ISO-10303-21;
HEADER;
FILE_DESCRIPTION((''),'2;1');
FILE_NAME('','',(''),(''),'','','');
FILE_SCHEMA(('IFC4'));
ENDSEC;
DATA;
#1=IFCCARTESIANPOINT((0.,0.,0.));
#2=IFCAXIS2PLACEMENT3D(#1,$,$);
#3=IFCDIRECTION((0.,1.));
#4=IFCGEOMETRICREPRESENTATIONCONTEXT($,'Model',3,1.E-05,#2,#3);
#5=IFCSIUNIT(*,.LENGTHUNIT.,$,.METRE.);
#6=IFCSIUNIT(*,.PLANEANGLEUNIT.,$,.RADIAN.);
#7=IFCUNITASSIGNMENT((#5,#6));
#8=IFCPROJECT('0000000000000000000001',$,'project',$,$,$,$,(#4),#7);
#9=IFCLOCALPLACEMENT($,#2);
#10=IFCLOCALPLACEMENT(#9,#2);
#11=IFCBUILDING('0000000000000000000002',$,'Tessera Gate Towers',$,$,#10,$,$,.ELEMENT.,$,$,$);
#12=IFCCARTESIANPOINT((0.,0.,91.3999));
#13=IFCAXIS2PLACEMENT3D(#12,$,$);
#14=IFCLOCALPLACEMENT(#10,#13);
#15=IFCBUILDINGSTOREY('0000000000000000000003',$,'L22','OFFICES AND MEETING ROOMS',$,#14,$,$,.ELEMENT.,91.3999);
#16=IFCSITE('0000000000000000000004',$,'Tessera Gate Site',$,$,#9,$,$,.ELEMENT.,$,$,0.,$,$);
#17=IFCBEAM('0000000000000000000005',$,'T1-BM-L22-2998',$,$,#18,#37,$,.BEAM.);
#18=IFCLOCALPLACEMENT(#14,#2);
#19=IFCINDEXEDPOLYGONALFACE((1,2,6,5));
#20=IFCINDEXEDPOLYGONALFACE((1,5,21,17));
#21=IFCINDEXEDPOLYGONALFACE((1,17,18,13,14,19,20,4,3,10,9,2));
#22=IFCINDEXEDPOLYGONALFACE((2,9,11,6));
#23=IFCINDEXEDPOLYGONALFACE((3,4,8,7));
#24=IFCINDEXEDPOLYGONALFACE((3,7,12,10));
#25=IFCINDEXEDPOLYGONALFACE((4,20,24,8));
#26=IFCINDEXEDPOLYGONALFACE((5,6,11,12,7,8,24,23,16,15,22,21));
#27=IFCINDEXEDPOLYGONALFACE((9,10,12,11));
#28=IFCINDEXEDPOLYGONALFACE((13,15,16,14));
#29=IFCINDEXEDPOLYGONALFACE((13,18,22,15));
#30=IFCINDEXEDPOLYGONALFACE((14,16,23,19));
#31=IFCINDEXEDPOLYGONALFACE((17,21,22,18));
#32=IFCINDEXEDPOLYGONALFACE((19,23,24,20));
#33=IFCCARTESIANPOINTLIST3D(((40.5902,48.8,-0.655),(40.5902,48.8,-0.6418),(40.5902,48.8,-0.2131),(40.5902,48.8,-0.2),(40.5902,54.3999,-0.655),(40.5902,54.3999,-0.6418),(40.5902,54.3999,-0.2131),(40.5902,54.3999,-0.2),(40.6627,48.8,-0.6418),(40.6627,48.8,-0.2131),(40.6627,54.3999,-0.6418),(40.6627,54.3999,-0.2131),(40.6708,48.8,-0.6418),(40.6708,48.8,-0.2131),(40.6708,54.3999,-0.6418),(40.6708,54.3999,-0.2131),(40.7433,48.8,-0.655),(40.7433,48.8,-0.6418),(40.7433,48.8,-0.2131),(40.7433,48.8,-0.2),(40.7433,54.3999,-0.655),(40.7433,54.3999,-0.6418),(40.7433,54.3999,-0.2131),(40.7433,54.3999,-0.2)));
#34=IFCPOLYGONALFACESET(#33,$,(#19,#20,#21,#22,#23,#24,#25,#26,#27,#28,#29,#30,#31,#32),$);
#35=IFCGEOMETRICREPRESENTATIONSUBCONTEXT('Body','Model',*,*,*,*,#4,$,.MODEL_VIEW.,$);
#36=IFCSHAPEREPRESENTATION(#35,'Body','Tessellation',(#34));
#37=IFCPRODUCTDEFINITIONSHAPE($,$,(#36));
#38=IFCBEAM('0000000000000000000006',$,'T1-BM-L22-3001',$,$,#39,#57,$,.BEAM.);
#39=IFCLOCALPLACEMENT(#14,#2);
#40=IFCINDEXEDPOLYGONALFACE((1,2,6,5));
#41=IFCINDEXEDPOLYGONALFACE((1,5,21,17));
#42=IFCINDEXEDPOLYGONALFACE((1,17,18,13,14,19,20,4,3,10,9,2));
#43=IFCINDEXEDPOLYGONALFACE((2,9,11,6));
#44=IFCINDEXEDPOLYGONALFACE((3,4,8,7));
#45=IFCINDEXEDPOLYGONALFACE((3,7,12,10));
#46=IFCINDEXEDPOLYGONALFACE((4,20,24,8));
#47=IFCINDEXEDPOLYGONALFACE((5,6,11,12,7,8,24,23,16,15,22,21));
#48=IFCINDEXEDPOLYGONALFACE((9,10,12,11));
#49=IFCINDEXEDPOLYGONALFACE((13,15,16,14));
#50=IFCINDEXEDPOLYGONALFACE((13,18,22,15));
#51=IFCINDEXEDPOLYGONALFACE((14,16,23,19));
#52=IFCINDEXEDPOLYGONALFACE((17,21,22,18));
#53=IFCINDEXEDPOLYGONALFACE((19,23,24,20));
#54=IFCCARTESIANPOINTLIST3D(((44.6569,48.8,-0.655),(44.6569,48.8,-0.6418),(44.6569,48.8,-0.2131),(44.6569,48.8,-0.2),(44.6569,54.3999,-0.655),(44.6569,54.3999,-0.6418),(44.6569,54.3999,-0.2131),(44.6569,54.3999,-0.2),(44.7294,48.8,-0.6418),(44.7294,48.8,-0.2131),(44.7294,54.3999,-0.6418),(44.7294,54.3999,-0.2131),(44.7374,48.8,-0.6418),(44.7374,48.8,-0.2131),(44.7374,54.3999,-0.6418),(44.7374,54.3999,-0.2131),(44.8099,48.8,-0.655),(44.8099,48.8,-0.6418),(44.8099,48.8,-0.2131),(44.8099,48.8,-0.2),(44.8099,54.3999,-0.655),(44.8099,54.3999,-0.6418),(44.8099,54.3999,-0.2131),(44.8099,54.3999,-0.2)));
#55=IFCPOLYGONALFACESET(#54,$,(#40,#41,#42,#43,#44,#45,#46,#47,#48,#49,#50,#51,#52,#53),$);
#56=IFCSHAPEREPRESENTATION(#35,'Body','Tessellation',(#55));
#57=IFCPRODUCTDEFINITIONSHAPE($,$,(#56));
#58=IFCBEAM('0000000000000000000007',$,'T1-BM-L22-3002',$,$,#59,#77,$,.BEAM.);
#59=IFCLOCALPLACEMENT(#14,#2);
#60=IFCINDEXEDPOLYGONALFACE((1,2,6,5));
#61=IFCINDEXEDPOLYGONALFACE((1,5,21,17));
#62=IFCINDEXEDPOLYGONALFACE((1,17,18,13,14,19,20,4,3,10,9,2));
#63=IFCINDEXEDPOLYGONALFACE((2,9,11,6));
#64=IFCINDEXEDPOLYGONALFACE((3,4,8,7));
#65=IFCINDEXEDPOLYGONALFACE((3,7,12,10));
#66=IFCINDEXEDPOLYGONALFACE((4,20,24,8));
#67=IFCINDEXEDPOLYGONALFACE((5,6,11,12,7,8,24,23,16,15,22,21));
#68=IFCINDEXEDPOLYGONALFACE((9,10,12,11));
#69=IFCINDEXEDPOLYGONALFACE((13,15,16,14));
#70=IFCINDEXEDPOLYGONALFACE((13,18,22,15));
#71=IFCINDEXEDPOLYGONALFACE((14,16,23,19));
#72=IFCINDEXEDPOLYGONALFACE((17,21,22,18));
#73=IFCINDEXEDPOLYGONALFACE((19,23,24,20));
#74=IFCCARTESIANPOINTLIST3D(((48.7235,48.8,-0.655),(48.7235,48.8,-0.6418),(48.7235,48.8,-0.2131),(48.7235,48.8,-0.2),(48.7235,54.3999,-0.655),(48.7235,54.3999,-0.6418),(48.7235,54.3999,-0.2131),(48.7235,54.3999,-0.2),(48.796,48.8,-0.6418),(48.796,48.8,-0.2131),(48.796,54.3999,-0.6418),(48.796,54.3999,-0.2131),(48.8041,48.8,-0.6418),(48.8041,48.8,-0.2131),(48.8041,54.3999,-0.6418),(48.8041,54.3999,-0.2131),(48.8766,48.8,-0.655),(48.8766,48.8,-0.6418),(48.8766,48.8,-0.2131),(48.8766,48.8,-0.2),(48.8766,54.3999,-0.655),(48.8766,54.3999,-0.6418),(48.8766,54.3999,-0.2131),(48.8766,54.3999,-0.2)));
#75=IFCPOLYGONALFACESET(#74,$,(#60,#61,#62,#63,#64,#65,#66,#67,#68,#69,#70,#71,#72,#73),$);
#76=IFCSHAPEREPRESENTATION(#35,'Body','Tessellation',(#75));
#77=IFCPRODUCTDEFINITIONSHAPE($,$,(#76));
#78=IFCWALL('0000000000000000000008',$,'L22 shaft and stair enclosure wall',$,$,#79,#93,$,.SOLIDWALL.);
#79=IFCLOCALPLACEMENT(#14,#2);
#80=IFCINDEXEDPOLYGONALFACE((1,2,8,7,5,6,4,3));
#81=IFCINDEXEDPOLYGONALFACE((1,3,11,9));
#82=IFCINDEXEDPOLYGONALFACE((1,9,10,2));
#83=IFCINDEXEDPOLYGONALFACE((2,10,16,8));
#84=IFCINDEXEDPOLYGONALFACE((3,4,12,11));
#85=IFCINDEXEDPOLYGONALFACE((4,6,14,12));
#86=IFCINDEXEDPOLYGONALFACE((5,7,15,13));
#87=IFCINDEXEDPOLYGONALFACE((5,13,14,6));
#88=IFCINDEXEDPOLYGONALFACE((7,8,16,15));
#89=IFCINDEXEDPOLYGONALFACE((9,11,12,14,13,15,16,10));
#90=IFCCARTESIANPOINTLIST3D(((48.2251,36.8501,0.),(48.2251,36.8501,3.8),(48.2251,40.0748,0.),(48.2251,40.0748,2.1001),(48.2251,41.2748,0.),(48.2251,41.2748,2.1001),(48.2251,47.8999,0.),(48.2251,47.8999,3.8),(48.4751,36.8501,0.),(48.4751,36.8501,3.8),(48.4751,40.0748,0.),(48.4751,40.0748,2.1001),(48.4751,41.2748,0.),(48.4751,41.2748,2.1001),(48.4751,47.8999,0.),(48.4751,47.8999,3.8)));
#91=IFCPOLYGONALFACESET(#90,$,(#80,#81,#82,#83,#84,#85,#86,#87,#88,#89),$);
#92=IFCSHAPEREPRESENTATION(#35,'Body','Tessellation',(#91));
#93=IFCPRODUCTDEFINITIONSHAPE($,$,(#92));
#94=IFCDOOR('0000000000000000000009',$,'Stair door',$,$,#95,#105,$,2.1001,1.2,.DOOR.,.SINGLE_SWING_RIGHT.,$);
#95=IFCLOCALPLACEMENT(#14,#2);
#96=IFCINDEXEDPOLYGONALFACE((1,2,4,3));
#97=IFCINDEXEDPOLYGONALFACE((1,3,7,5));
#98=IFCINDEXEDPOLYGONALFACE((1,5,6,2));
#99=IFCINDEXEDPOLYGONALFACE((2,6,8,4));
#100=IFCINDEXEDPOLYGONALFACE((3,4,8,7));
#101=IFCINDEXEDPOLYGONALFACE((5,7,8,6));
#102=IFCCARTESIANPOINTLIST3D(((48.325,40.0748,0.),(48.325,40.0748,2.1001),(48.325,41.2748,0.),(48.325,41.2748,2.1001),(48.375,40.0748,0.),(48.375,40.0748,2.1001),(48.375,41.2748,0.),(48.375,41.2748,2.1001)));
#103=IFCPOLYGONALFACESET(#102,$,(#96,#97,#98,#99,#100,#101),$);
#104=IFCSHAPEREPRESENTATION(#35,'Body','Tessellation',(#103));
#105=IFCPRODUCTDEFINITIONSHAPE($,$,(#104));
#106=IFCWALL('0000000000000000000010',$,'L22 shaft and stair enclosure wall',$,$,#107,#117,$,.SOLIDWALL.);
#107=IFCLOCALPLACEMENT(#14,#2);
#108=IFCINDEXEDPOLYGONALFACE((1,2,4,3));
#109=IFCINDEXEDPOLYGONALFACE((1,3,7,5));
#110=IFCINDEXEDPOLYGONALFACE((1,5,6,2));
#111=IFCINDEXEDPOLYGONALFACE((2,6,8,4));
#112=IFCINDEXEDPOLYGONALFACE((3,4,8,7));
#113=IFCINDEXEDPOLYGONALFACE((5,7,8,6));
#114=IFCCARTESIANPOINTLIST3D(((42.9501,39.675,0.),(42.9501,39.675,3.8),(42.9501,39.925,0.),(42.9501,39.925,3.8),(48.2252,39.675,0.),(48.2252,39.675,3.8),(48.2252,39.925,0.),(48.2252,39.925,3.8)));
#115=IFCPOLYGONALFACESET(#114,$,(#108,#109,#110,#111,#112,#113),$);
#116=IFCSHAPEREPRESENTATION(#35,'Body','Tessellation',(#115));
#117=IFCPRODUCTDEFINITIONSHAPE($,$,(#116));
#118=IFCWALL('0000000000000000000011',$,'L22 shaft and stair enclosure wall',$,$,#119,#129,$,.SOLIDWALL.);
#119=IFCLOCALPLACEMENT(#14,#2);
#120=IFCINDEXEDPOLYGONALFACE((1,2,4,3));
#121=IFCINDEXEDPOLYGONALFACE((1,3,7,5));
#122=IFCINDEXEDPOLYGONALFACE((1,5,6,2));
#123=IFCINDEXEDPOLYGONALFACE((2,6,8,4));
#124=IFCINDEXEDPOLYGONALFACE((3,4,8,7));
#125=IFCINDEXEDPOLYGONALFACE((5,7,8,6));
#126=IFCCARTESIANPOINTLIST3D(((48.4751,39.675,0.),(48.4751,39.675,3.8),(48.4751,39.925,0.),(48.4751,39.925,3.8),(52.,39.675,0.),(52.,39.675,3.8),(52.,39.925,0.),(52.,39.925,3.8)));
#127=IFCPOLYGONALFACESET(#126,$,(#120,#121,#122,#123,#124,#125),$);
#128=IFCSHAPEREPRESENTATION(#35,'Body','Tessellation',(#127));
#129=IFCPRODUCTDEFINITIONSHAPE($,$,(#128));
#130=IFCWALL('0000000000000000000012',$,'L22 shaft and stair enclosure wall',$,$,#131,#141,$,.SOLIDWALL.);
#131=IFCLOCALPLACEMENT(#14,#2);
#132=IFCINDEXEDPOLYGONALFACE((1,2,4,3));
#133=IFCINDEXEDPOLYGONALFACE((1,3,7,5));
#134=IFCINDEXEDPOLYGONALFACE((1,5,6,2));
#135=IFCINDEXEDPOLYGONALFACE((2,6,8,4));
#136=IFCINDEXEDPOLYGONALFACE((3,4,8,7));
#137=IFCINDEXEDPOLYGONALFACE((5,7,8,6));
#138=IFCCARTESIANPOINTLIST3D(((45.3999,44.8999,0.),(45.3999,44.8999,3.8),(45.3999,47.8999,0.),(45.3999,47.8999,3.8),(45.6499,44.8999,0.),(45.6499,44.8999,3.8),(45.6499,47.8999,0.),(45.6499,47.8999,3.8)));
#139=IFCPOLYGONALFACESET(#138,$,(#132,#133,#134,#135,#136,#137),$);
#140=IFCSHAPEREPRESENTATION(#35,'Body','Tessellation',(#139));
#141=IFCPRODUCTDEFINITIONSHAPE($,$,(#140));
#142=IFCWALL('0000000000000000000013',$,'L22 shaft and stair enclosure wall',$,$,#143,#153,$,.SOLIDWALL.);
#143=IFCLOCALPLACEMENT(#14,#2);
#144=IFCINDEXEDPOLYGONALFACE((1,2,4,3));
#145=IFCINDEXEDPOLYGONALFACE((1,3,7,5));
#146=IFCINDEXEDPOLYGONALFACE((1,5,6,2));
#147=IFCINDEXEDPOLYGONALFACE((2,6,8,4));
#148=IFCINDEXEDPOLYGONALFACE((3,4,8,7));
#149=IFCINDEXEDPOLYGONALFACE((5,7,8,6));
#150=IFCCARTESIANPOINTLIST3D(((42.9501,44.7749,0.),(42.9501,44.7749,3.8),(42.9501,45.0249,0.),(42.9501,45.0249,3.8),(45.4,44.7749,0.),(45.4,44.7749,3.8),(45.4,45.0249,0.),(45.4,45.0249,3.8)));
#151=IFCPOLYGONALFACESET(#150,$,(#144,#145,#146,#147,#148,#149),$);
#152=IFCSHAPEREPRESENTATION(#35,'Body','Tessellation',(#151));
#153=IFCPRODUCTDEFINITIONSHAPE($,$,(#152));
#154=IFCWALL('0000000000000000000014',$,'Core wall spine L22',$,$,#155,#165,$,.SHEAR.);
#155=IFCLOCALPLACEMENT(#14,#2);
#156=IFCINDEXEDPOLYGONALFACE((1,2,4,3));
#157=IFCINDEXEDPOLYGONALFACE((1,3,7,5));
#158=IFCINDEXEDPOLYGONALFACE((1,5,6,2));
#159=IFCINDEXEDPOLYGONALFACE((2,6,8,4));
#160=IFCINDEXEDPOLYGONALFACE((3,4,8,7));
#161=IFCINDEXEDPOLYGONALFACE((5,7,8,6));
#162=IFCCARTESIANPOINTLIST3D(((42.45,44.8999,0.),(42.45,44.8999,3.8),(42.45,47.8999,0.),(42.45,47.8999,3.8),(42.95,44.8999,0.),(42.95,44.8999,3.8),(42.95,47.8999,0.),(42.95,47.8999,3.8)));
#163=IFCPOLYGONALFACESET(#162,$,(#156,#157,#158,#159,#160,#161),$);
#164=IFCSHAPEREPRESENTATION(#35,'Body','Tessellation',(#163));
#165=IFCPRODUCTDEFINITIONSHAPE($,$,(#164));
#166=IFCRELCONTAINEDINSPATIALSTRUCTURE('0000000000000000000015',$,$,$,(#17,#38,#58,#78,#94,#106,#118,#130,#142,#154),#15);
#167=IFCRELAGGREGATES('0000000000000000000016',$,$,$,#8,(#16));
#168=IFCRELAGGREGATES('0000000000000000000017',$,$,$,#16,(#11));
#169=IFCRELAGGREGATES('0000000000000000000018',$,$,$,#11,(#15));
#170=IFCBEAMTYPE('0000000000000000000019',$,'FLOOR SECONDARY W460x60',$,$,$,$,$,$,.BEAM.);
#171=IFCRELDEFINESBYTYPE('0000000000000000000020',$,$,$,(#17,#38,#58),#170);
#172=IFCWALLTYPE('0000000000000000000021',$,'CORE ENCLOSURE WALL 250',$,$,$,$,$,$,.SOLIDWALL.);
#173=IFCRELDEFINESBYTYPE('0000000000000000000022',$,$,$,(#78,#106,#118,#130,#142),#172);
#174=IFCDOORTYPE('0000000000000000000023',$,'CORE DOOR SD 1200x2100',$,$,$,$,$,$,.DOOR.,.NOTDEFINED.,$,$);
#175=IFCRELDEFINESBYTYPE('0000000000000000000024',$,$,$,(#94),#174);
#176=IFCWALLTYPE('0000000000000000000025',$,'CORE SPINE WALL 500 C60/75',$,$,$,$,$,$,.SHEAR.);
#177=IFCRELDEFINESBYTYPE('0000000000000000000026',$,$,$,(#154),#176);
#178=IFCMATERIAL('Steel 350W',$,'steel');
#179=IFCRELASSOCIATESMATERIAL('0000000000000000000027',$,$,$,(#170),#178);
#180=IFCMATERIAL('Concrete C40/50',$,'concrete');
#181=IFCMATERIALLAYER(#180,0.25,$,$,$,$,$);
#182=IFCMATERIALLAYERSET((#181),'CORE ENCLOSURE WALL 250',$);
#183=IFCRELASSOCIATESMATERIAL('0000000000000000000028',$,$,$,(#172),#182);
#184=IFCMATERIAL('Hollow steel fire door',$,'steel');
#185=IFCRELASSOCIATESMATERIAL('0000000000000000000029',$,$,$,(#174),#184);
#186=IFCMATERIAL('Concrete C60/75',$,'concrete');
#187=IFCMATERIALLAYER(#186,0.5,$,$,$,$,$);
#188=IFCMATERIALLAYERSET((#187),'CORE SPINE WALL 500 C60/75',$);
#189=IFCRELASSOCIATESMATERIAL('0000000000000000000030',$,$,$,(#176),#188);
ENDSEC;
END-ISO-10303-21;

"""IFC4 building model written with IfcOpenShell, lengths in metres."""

from ifc_helpers import new_model, si_unit, direction, frame, frame_2d, origin, origin_2d, place, context, subcontext, project, spatial, rectangle, i_section, extrude, source, transform, mapped, material, layer, layer_set, material_profile, profile_set, type_object, element, fill, save


model = new_model("IFC4")

# Units and contexts
model_context = context("Model", 3, precision=1e-05, world=origin(), true_north=direction((0.0, 1.0)))
body_context = subcontext(model_context, "Body", "Model", "MODEL_VIEW")
ifc_project = project(units=[si_unit("LENGTHUNIT", "METRE"), si_unit("PLANEANGLEUNIT", "RADIAN")], contexts=[model_context])

# Site, building, storey
site_placement = place(None, origin())
site = spatial("IfcSite", under=ifc_project, at=site_placement, Name="Tessera Gate Site", CompositionType="ELEMENT", RefElevation=0.0)
building_placement = place(site_placement, origin())
building = spatial("IfcBuilding", under=site, at=building_placement, Name="Tessera Gate Towers", CompositionType="ELEMENT")
storey_placement = place(building_placement, frame((0.0, 0.0, 91.3999)))
storey = spatial("IfcBuildingStorey", under=building, at=storey_placement, Name="L22", Description="OFFICES AND MEETING ROOMS", CompositionType="ELEMENT", Elevation=91.3999)

# Beams
ifc_material_1 = material(Name="Steel 350W", Category="steel")
ifc_material_profile = material_profile(ifc_material_1, i_section(OverallWidth=0.1531, OverallDepth=0.4551, WebThickness=0.0081, FlangeThickness=0.0132, at=origin_2d()), Name="W460x60")
ifc_profile_set = profile_set([ifc_material_profile], Name="Steel 350W")
beam_type = type_object("IfcBeamType", Name="FLOOR SECONDARY W460x60", PredefinedType="BEAM", material=ifc_profile_set)
for number, where, z_axis, x_axis, name in (
    (1, (40.6667, 48.8, -0.4275), (0.0, 1.0, 0.0), (-1.0, 0.0, 0.0), "T1-BM-L22-2998"),
    (2, (44.7334, 48.8, -0.4275), (0.0, 1.0, 0.0), (-1.0, 0.0, 0.0), "T1-BM-L22-3001"),
    (3, (48.8, 48.8, -0.4275), (0.0, 1.0, 0.0), (-1.0, 0.0, 0.0), "T1-BM-L22-3002"),
):
    element("IfcBeam", number, at=place(storey_placement, frame(where, z_axis=z_axis, x_axis=x_axis)), inside=storey, type_object=beam_type, Name=name, PredefinedType="BEAM", context=body_context, shape_type="SweptSolid", body=[
        extrude(i_section(OverallWidth=0.1531, OverallDepth=0.4551, WebThickness=0.0081, FlangeThickness=0.0132, at=origin_2d()), origin(), (0.0, 0.0, 1.0), 5.5999),
    ])

# Wall, opening, door
ifc_material_2 = material(Name="Concrete C40/50", Category="concrete")
ifc_layer_1 = layer(ifc_material_2, 0.25)
ifc_layer_set_1 = layer_set([ifc_layer_1], Name="CORE ENCLOSURE WALL 250")
wall_type_1 = type_object("IfcWallType", Name="CORE ENCLOSURE WALL 250", PredefinedType="SOLIDWALL", material=ifc_layer_set_1)
wall_1_placement = place(storey_placement, frame((48.3501, 47.8999, 0.0), z_axis=(0.0, 0.0, 1.0), x_axis=(0.0, -1.0, 0.0)))
wall_1 = element("IfcWall", 4, at=wall_1_placement, inside=storey, type_object=wall_type_1, Name="L22 shaft and stair enclosure wall", PredefinedType="SOLIDWALL", context=body_context, shape_type="SweptSolid", body=[
    extrude(rectangle(XDim=11.0498, YDim=0.25, at=frame_2d((5.5249, 0.0))), origin(), (0.0, 0.0, 1.0), 3.8),
])
shared_shape_1 = source(origin(), body_context, "Body", "SweptSolid", [
    extrude(rectangle(XDim=1.2, YDim=2.1001, at=frame_2d((0.6001, 1.05))), frame((0.0, 0.135, 0.0), z_axis=(0.0, -1.0, 0.0), x_axis=(1.0, 0.0, 0.0)), (0.0, 0.0, 1.0), 0.27),
])
opening_1_placement = place(wall_1_placement, frame((6.625, 0.0, 0.0)))
opening_1 = element("IfcOpeningElement", 5, at=opening_1_placement, cuts=wall_1, PredefinedType="OPENING", context=body_context, shape_type="MappedRepresentation", body=[
    mapped(shared_shape_1, transform((0.0, 0.0, 0.0), scale=1.0)),
])
ifc_material_3 = material(Name="Hollow steel fire door", Category="steel")
door_type_1 = type_object("IfcDoorType", Name="CORE DOOR SD 1200x2100", OperationType="NOTDEFINED", PredefinedType="DOOR", material=ifc_material_3)
shared_shape_2 = source(origin(), body_context, "Body", "SweptSolid", [
    extrude(rectangle(XDim=1.2, YDim=2.1001, at=frame_2d((0.6001, 1.05))), frame((0.0, 0.0249, 0.0), z_axis=(0.0, -1.0, 0.0), x_axis=(1.0, 0.0, 0.0)), (0.0, 0.0, 1.0), 0.05),
])
door_1_placement = place(opening_1_placement, origin())
door_1 = element("IfcDoor", 6, at=door_1_placement, inside=storey, type_object=door_type_1, Name="Stair door", OperationType="SINGLE_SWING_RIGHT", OverallHeight=2.1001, OverallWidth=1.2, PredefinedType="DOOR", context=body_context, shape_type="MappedRepresentation", body=[
    mapped(shared_shape_2, transform((0.0, 0.0, 0.0), scale=1.0)),
])
fill(opening_1, door_1)

# Walls
wall_2_placement = place(storey_placement, frame((42.95, 39.8, 0.0), z_axis=(0.0, 0.0, 1.0), x_axis=(1.0, 0.0, 0.0)))
element("IfcWall", 7, at=wall_2_placement, inside=storey, type_object=wall_type_1, Name="L22 shaft and stair enclosure wall", PredefinedType="SOLIDWALL", context=body_context, shape_type="SweptSolid", body=[
    extrude(rectangle(XDim=5.2751, YDim=0.25, at=frame_2d((2.6377, 0.0))), origin(), (0.0, 0.0, 1.0), 3.8),
])
wall_3_placement = place(storey_placement, frame((48.4751, 39.8, 0.0), z_axis=(0.0, 0.0, 1.0), x_axis=(1.0, 0.0, 0.0)))
element("IfcWall", 8, at=wall_3_placement, inside=storey, type_object=wall_type_1, Name="L22 shaft and stair enclosure wall", PredefinedType="SOLIDWALL", context=body_context, shape_type="SweptSolid", body=[
    extrude(rectangle(XDim=3.5249, YDim=0.25, at=frame_2d((1.7625, 0.0))), origin(), (0.0, 0.0, 1.0), 3.8),
])
wall_4_placement = place(storey_placement, frame((45.5249, 44.8999, 0.0), z_axis=(0.0, 0.0, 1.0), x_axis=(0.0, 1.0, 0.0)))
element("IfcWall", 9, at=wall_4_placement, inside=storey, type_object=wall_type_1, Name="L22 shaft and stair enclosure wall", PredefinedType="SOLIDWALL", context=body_context, shape_type="SweptSolid", body=[
    extrude(rectangle(XDim=3.0, YDim=0.25, at=frame_2d((1.5, 0.0))), origin(), (0.0, 0.0, 1.0), 3.8),
])
wall_5_placement = place(storey_placement, frame((42.95, 44.8999, 0.0), z_axis=(0.0, 0.0, 1.0), x_axis=(1.0, 0.0, 0.0)))
element("IfcWall", 10, at=wall_5_placement, inside=storey, type_object=wall_type_1, Name="L22 shaft and stair enclosure wall", PredefinedType="SOLIDWALL", context=body_context, shape_type="SweptSolid", body=[
    extrude(rectangle(XDim=2.45, YDim=0.25, at=frame_2d((1.2251, 0.0))), origin(), (0.0, 0.0, 1.0), 3.8),
])
ifc_material_4 = material(Name="Concrete C60/75", Category="concrete")
ifc_layer_2 = layer(ifc_material_4, 0.5)
ifc_layer_set_2 = layer_set([ifc_layer_2], Name="CORE SPINE WALL 500 C60/75")
wall_type_2 = type_object("IfcWallType", Name="CORE SPINE WALL 500 C60/75", PredefinedType="SHEAR", material=ifc_layer_set_2)
wall_6_placement = place(storey_placement, frame((42.7, 44.8999, 0.0), z_axis=(0.0, 0.0, 1.0), x_axis=(0.0, 1.0, 0.0)))
element("IfcWall", 11, at=wall_6_placement, inside=storey, type_object=wall_type_2, Name="Core wall spine L22", PredefinedType="SHEAR", context=body_context, shape_type="SweptSolid", body=[
    extrude(rectangle(XDim=3.0, YDim=0.5, at=frame_2d((1.5, 0.0))), origin(), (0.0, 0.0, 1.0), 3.8),
])

save(model, "model.ifc")
